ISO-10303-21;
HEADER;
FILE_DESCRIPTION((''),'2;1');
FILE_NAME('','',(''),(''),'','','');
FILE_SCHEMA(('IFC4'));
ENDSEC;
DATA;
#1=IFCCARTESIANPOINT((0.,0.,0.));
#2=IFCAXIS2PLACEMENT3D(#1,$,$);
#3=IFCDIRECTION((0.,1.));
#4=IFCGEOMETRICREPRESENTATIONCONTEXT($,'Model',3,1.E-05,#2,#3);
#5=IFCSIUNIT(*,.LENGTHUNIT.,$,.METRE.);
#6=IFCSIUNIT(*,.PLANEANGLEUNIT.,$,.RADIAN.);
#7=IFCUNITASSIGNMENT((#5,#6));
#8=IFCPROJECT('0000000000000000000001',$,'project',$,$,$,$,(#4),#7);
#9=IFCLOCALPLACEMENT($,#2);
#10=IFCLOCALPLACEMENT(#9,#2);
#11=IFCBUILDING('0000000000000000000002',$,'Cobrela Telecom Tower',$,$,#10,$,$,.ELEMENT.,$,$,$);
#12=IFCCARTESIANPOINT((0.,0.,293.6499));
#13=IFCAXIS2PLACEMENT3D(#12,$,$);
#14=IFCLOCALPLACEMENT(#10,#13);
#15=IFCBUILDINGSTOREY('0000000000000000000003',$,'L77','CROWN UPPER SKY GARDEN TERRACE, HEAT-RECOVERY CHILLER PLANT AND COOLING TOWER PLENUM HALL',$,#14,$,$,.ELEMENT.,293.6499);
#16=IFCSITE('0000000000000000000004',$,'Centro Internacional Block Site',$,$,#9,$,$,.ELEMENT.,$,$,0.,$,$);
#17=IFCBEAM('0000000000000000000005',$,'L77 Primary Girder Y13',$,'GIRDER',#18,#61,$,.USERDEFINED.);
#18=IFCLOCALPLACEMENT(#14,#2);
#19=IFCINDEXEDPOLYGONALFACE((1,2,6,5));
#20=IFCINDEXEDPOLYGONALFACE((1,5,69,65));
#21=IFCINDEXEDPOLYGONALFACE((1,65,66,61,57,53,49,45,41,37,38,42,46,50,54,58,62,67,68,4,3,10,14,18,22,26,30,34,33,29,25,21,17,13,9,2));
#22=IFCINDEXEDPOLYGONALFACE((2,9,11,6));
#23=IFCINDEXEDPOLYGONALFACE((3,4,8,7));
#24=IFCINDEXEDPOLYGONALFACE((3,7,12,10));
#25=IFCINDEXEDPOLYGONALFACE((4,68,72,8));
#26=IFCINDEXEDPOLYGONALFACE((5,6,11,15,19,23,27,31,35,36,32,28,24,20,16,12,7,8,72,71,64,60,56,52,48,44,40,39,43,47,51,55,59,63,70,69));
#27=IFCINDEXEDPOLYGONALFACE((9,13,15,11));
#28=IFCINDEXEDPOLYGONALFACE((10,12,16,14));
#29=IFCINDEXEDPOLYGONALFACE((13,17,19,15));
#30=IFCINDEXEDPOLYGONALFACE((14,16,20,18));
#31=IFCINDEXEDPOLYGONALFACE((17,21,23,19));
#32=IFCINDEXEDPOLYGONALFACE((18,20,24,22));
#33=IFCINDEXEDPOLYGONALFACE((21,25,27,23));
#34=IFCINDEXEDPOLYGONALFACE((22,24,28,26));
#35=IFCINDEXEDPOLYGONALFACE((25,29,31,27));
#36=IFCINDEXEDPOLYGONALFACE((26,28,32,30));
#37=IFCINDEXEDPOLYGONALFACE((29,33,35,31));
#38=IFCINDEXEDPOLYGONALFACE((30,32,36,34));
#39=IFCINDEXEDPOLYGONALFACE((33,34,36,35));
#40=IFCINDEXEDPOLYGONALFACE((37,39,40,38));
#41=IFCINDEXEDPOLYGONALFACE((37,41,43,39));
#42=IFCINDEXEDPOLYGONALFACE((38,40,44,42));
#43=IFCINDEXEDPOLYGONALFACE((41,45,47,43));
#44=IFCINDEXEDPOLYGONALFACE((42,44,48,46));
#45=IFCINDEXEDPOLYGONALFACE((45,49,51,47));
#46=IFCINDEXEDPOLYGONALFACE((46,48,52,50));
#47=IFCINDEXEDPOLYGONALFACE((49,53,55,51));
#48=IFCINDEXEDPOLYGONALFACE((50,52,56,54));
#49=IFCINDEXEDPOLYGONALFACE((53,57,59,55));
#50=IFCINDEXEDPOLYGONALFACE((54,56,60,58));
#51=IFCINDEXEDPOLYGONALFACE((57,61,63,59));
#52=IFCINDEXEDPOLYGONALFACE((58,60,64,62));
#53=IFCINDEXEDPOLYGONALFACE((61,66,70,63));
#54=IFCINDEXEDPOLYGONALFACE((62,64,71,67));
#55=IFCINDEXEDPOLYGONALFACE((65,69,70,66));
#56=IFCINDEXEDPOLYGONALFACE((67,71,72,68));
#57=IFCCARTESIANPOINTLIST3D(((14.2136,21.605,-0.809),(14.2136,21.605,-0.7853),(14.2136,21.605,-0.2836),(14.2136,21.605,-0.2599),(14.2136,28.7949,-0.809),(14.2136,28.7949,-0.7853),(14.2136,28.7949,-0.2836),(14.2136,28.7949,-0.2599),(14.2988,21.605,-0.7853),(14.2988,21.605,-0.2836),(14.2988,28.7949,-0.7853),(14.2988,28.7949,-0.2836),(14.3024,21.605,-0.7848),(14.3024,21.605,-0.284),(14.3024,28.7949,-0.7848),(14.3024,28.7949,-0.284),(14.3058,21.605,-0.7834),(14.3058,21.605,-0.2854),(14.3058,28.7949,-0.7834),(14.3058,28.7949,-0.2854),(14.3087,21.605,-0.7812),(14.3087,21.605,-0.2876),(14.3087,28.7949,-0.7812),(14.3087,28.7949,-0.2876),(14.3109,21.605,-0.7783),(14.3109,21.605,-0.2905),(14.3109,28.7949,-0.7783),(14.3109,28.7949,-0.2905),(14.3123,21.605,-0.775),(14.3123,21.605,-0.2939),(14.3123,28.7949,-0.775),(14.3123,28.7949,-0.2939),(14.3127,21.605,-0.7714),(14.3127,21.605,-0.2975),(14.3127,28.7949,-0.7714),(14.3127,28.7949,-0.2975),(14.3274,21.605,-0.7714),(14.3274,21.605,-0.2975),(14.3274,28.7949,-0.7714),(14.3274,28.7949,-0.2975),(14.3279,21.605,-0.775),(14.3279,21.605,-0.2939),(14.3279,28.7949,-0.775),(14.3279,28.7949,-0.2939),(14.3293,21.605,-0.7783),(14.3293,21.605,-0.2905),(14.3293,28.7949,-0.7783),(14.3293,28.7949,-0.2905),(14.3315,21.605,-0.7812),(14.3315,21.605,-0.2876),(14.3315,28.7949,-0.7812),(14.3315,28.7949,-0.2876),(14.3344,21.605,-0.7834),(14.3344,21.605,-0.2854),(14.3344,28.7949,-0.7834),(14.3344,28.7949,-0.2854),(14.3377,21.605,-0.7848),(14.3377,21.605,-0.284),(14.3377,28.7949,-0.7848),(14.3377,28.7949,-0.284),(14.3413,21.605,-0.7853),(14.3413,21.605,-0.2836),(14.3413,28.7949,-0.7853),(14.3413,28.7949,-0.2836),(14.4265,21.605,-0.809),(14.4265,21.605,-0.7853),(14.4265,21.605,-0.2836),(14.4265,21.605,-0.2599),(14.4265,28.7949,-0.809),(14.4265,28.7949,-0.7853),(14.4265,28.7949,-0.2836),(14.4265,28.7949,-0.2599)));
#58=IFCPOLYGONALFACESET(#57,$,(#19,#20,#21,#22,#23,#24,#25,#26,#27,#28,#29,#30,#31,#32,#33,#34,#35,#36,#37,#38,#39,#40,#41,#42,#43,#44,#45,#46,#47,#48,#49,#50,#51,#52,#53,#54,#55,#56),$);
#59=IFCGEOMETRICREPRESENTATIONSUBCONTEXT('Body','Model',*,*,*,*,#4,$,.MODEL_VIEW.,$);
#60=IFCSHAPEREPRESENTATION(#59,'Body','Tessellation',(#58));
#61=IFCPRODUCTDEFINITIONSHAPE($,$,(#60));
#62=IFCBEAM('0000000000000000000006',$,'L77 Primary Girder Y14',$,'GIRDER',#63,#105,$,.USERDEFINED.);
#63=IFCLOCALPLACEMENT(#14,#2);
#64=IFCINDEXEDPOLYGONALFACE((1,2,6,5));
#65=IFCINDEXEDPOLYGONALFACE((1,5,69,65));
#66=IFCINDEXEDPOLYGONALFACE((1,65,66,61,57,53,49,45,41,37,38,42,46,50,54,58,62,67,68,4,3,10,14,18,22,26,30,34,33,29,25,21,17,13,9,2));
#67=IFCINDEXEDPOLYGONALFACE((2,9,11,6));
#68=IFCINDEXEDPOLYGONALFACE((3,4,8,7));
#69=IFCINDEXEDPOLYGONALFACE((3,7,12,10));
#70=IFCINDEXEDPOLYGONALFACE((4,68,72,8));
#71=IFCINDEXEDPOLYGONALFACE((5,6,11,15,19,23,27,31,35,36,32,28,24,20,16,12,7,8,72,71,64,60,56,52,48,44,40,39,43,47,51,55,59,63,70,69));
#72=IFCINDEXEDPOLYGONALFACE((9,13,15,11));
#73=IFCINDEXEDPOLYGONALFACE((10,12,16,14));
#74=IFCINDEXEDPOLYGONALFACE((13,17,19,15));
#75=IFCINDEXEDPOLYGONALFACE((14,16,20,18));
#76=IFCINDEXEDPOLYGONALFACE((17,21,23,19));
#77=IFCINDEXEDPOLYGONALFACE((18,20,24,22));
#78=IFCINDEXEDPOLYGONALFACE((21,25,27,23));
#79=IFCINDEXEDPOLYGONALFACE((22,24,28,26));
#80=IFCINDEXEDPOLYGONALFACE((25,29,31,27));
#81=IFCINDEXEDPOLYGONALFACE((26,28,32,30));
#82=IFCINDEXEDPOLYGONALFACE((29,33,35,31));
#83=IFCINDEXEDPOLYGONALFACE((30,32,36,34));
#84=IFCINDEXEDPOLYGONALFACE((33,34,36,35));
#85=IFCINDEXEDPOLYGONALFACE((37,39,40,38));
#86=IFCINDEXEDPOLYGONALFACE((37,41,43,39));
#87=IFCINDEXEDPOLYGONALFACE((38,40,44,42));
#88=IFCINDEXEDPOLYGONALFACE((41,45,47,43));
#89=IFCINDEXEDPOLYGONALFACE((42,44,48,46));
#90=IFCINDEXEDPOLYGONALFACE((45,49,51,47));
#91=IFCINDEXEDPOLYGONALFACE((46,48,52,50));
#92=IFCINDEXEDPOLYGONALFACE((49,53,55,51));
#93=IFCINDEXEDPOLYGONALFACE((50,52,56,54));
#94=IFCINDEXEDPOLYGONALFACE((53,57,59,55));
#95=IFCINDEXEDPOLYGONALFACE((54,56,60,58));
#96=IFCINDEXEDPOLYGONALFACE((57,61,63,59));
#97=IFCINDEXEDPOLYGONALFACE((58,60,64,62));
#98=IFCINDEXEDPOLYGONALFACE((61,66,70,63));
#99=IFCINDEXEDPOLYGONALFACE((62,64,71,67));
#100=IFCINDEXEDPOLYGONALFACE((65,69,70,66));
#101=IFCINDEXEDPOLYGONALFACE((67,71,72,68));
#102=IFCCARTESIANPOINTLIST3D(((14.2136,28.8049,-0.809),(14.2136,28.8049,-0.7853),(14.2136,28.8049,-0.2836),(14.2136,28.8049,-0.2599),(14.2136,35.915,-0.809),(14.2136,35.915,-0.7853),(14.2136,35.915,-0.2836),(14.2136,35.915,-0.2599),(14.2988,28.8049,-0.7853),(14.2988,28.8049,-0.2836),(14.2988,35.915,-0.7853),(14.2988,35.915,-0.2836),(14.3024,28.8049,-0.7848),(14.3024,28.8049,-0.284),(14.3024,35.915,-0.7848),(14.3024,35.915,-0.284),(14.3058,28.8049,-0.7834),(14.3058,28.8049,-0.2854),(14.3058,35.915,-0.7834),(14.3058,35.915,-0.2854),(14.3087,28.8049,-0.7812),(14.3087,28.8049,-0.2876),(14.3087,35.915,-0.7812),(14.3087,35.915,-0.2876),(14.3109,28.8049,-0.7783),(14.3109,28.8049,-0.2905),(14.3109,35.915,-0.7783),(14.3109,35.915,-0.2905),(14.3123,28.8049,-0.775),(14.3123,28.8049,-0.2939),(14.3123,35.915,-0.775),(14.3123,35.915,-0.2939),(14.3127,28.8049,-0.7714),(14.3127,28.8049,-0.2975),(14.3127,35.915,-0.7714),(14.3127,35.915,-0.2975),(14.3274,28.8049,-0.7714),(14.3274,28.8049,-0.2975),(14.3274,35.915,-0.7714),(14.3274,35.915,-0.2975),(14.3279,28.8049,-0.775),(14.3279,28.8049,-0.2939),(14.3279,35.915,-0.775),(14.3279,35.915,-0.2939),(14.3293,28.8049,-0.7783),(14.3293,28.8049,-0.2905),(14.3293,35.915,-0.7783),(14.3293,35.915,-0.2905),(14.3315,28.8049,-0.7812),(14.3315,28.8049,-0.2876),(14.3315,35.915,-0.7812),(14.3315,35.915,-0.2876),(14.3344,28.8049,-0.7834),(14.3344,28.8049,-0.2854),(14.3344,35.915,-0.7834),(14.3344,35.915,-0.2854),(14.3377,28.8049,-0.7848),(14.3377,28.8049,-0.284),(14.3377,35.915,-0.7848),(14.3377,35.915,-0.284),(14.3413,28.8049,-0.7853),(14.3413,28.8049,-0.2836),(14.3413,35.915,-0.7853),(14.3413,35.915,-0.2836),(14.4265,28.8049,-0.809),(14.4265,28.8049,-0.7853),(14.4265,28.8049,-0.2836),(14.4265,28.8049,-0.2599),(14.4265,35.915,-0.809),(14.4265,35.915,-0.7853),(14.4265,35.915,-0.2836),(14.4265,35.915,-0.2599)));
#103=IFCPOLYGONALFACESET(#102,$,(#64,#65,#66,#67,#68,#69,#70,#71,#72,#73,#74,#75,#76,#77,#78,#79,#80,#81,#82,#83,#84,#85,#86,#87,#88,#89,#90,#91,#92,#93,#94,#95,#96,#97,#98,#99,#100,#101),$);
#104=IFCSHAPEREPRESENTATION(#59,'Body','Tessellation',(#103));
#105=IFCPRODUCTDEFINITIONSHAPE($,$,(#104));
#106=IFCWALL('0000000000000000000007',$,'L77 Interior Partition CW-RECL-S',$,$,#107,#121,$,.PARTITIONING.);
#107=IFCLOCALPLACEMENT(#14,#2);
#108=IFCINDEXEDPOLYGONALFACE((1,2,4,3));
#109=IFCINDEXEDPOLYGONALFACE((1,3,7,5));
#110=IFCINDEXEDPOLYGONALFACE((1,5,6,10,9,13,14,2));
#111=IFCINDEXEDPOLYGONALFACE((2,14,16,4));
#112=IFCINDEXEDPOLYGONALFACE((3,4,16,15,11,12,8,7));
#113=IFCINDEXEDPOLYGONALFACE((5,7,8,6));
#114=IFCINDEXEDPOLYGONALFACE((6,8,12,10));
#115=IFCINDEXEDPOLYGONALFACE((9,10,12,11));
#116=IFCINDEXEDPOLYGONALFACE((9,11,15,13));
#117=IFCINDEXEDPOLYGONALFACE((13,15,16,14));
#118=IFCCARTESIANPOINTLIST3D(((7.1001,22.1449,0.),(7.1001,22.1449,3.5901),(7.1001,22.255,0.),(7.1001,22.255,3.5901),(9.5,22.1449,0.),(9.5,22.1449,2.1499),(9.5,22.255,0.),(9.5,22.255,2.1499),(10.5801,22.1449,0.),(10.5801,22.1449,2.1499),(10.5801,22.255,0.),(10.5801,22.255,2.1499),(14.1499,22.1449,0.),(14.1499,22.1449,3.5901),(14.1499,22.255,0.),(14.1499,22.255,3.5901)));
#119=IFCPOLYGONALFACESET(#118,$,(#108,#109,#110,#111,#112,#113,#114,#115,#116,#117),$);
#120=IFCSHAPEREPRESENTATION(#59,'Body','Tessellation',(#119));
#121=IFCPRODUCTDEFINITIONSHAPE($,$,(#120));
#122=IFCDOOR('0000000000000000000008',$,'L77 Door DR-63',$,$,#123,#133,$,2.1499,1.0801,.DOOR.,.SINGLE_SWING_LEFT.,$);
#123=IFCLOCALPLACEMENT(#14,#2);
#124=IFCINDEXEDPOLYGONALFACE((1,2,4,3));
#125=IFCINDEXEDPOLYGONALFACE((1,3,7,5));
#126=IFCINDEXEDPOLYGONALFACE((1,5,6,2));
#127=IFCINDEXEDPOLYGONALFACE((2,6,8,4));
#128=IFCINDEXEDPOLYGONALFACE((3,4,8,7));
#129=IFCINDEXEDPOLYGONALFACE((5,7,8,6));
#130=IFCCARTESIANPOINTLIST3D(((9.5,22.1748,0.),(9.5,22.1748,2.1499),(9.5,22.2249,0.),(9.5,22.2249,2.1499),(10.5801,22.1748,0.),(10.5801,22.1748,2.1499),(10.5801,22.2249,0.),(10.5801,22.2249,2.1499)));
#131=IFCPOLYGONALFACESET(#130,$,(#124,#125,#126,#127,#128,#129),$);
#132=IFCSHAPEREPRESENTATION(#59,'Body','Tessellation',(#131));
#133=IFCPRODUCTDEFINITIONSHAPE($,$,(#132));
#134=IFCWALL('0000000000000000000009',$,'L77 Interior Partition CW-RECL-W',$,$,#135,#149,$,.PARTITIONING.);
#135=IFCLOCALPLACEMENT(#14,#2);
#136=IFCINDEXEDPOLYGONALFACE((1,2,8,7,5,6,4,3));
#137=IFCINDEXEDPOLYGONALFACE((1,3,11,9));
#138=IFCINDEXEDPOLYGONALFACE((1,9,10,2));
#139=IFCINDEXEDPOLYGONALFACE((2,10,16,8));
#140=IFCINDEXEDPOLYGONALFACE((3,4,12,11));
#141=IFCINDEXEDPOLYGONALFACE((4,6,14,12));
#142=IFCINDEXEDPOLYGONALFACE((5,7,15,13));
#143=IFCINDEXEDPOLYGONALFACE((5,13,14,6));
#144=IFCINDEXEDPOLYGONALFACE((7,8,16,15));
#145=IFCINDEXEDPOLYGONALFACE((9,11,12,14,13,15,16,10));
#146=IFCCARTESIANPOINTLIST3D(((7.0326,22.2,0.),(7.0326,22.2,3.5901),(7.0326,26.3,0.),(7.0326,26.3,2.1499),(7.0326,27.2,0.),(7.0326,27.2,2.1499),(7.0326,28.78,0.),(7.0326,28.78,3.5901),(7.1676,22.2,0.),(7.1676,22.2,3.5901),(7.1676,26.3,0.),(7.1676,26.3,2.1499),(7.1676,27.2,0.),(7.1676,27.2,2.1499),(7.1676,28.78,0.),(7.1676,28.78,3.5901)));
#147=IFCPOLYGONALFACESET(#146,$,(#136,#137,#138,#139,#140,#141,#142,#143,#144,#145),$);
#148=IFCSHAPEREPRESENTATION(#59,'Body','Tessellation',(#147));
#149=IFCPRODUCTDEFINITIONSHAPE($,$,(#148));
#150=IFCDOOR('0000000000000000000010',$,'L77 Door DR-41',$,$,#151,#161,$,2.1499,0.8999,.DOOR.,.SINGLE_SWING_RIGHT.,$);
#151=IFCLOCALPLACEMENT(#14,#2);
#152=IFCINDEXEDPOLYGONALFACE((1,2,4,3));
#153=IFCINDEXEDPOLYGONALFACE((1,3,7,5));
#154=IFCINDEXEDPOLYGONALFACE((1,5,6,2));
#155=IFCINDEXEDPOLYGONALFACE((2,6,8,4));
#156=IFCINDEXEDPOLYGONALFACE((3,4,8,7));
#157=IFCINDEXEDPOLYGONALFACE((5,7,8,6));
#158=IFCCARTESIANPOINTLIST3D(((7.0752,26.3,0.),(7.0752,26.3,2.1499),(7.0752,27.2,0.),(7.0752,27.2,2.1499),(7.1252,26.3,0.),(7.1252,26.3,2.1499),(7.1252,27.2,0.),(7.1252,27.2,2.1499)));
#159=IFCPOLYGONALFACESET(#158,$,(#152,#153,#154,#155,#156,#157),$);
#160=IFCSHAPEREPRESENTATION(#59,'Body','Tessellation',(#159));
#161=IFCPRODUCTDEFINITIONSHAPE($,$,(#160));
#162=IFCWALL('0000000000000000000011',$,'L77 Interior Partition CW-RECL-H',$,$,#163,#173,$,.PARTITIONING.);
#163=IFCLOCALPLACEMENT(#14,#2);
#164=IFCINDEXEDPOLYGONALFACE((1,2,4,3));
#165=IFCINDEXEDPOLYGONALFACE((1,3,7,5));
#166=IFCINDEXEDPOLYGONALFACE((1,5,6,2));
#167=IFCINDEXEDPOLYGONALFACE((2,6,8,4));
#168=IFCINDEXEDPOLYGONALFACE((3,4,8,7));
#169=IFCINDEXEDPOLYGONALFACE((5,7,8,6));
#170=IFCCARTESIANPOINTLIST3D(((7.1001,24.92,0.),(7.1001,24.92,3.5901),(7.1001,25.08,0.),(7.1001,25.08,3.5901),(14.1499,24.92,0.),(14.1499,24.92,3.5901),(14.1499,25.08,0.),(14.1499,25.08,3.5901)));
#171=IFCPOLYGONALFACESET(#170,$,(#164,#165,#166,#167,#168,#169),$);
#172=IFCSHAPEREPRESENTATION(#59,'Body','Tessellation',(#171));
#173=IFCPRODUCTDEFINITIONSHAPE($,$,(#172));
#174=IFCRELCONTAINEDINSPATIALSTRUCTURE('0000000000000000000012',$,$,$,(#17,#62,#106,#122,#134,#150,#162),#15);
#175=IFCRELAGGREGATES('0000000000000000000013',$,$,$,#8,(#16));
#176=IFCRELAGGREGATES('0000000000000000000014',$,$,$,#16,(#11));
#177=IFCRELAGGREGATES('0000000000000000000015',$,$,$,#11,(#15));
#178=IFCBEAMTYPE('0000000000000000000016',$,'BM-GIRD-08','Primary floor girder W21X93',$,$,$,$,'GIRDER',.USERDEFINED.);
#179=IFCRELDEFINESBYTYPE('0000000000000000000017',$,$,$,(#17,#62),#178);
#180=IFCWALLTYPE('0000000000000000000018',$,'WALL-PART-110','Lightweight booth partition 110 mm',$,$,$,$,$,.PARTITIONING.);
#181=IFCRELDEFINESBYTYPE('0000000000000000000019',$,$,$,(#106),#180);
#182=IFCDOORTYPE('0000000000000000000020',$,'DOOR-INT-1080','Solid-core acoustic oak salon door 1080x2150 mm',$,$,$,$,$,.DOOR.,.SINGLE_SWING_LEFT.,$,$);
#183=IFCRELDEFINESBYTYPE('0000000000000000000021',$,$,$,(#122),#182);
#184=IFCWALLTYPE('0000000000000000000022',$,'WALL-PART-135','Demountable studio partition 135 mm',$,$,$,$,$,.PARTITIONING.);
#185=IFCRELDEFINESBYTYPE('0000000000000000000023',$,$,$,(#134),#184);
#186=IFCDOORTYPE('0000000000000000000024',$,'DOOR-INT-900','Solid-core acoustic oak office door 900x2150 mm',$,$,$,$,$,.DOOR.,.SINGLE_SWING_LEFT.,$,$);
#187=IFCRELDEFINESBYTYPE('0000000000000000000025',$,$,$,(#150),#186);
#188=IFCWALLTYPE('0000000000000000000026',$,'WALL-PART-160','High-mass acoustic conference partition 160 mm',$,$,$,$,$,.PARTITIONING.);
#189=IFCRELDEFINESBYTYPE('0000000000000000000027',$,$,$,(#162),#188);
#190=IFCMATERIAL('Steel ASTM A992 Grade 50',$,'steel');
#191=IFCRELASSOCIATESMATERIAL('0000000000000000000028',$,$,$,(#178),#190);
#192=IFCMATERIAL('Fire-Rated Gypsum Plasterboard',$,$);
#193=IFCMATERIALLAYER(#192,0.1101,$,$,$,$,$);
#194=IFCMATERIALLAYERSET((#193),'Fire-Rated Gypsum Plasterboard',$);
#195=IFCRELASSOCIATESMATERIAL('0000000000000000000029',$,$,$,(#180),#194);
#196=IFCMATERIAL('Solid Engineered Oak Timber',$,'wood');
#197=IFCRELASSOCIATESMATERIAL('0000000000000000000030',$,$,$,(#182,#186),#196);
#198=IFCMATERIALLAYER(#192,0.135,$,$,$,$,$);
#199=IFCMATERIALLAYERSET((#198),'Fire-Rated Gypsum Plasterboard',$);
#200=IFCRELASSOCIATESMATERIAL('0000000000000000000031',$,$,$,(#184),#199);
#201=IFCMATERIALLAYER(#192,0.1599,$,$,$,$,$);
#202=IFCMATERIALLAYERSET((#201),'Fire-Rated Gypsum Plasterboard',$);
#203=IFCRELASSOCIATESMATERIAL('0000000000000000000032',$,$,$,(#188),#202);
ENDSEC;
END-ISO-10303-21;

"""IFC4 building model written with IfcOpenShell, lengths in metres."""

from ifc_helpers import new_model, si_unit, direction, frame, frame_2d, origin, origin_2d, place, context, subcontext, project, spatial, rectangle, i_section, extrude, material, layer, layer_set, material_profile, profile_set, type_object, element, fill, save


model = new_model("IFC4")

# Units and contexts
model_context = context("Model", 3, precision=1e-05, world=origin(), true_north=direction((0.0, 1.0)))
body_context = subcontext(model_context, "Body", "Model", "MODEL_VIEW")
ifc_project = project(units=[si_unit("LENGTHUNIT", "METRE"), si_unit("PLANEANGLEUNIT", "RADIAN")], contexts=[model_context])

# Site, building, storey
site_placement = place(None, origin())
site = spatial("IfcSite", under=ifc_project, at=site_placement, Name="Centro Internacional Block Site", CompositionType="ELEMENT", RefElevation=0.0)
building_placement = place(site_placement, origin())
building = spatial("IfcBuilding", under=site, at=building_placement, Name="Cobrela Telecom Tower", CompositionType="ELEMENT")
storey_placement = place(building_placement, frame((0.0, 0.0, 293.6499)))
storey = spatial("IfcBuildingStorey", under=building, at=storey_placement, Name="L77", Description="CROWN UPPER SKY GARDEN TERRACE, HEAT-RECOVERY CHILLER PLANT AND COOLING TOWER PLENUM HALL", CompositionType="ELEMENT", Elevation=293.6499)

# Beams
ifc_material_1 = material(Name="Steel ASTM A992 Grade 50", Category="steel")
ifc_material_profile = material_profile(ifc_material_1, i_section(OverallWidth=0.2129, OverallDepth=0.5491, WebThickness=0.0146, FlangeThickness=0.0237, FilletRadius=0.0139, at=origin_2d()), Name="W21X93")
ifc_profile_set = profile_set([ifc_material_profile], Name="Steel ASTM A992 Grade 50")
beam_type = type_object("IfcBeamType", Name="BM-GIRD-08", Description="Primary floor girder W21X93", ElementType="GIRDER", PredefinedType="USERDEFINED", material=ifc_profile_set)
beam_1_placement = place(storey_placement, frame((14.3201, 21.605, -0.5344), z_axis=(0.0, 1.0, 0.0), x_axis=(-1.0, 0.0, 0.0)))
element("IfcBeam", 1, at=beam_1_placement, inside=storey, type_object=beam_type, Name="L77 Primary Girder Y13", ObjectType="GIRDER", PredefinedType="USERDEFINED", context=body_context, shape_type="SweptSolid", body=[
    extrude(i_section(OverallWidth=0.2129, OverallDepth=0.5491, WebThickness=0.0146, FlangeThickness=0.0237, FilletRadius=0.0139, at=origin_2d()), origin(), (0.0, 0.0, 1.0), 7.1899),
])
beam_2_placement = place(storey_placement, frame((14.3201, 28.8049, -0.5344), z_axis=(0.0, 1.0, 0.0), x_axis=(-1.0, 0.0, 0.0)))
element("IfcBeam", 2, at=beam_2_placement, inside=storey, type_object=beam_type, Name="L77 Primary Girder Y14", ObjectType="GIRDER", PredefinedType="USERDEFINED", context=body_context, shape_type="SweptSolid", body=[
    extrude(i_section(OverallWidth=0.2129, OverallDepth=0.5491, WebThickness=0.0146, FlangeThickness=0.0237, FilletRadius=0.0139, at=origin_2d()), origin(), (0.0, 0.0, 1.0), 7.1101),
])

# Walls, openings, doors
ifc_material_2 = material(Name="Fire-Rated Gypsum Plasterboard")
ifc_layer_1 = layer(ifc_material_2, 0.1101)
ifc_layer_set_1 = layer_set([ifc_layer_1], Name="Fire-Rated Gypsum Plasterboard")
wall_type_1 = type_object("IfcWallType", Name="WALL-PART-110", Description="Lightweight booth partition 110 mm", PredefinedType="PARTITIONING", material=ifc_layer_set_1)
wall_1_placement = place(storey_placement, frame((7.1001, 22.2, 0.0), z_axis=(0.0, 0.0, 1.0), x_axis=(1.0, 0.0, 0.0)))
wall_1 = element("IfcWall", 3, at=wall_1_placement, inside=storey, type_object=wall_type_1, Name="L77 Interior Partition CW-RECL-S", PredefinedType="PARTITIONING", context=body_context, shape_type="SweptSolid", body=[
    extrude(rectangle(XDim=7.0498, YDim=0.1101, at=frame_2d((3.5249, 0.0))), origin(), (0.0, 0.0, 1.0), 3.5901),
])
opening_1_placement = place(wall_1_placement, frame((2.3999, 0.0, 0.0)))
opening_1 = element("IfcOpeningElement", 4, at=opening_1_placement, cuts=wall_1, PredefinedType="OPENING", context=body_context, shape_type="SweptSolid", body=[
    extrude(rectangle(XDim=1.0801, YDim=2.1499, at=frame_2d((0.54, 1.075))), frame((0.0, 0.0669, 0.0), z_axis=(0.0, -1.0, 0.0), x_axis=(1.0, 0.0, 0.0)), (0.0, 0.0, 1.0), 0.134),
])
ifc_material_3 = material(Name="Solid Engineered Oak Timber", Category="wood")
door_type_1 = type_object("IfcDoorType", Name="DOOR-INT-1080", Description="Solid-core acoustic oak salon door 1080x2150 mm", OperationType="SINGLE_SWING_LEFT", PredefinedType="DOOR", material=ifc_material_3)
door_1_placement = place(opening_1_placement, origin())
door_1 = element("IfcDoor", 5, at=door_1_placement, inside=storey, type_object=door_type_1, Name="L77 Door DR-63", OperationType="SINGLE_SWING_LEFT", OverallHeight=2.1499, OverallWidth=1.0801, PredefinedType="DOOR", context=body_context, shape_type="SweptSolid", body=[
    extrude(rectangle(XDim=1.0801, YDim=2.1499, at=frame_2d((0.54, 1.075))), frame((0.0, 0.0249, 0.0), z_axis=(0.0, -1.0, 0.0), x_axis=(1.0, 0.0, 0.0)), (0.0, 0.0, 1.0), 0.05),
])
fill(opening_1, door_1)
ifc_layer_2 = layer(ifc_material_2, 0.135)
ifc_layer_set_2 = layer_set([ifc_layer_2], Name="Fire-Rated Gypsum Plasterboard")
wall_type_2 = type_object("IfcWallType", Name="WALL-PART-135", Description="Demountable studio partition 135 mm", PredefinedType="PARTITIONING", material=ifc_layer_set_2)
wall_2_placement = place(storey_placement, frame((7.1001, 22.2, 0.0), z_axis=(0.0, 0.0, 1.0), x_axis=(0.0, 1.0, 0.0)))
wall_2 = element("IfcWall", 6, at=wall_2_placement, inside=storey, type_object=wall_type_2, Name="L77 Interior Partition CW-RECL-W", PredefinedType="PARTITIONING", context=body_context, shape_type="SweptSolid", body=[
    extrude(rectangle(XDim=6.5801, YDim=0.135, at=frame_2d((3.29, 0.0))), origin(), (0.0, 0.0, 1.0), 3.5901),
])
opening_2_placement = place(wall_2_placement, frame((4.1001, 0.0, 0.0)))
opening_2 = element("IfcOpeningElement", 7, at=opening_2_placement, cuts=wall_2, PredefinedType="OPENING", context=body_context, shape_type="SweptSolid", body=[
    extrude(rectangle(XDim=0.8999, YDim=2.1499, at=frame_2d((0.45, 1.075))), frame((0.0, 0.0796, 0.0), z_axis=(0.0, -1.0, 0.0), x_axis=(1.0, 0.0, 0.0)), (0.0, 0.0, 1.0), 0.1589),
])
door_type_2 = type_object("IfcDoorType", Name="DOOR-INT-900", Description="Solid-core acoustic oak office door 900x2150 mm", OperationType="SINGLE_SWING_LEFT", PredefinedType="DOOR", material=ifc_material_3)
door_2_placement = place(opening_2_placement, origin())
door_2 = element("IfcDoor", 8, at=door_2_placement, inside=storey, type_object=door_type_2, Name="L77 Door DR-41", OperationType="SINGLE_SWING_RIGHT", OverallHeight=2.1499, OverallWidth=0.8999, PredefinedType="DOOR", context=body_context, shape_type="SweptSolid", body=[
    extrude(rectangle(XDim=0.8999, YDim=2.1499, at=frame_2d((0.45, 1.075))), frame((0.0, 0.0249, 0.0), z_axis=(0.0, -1.0, 0.0), x_axis=(1.0, 0.0, 0.0)), (0.0, 0.0, 1.0), 0.05),
])
fill(opening_2, door_2)

# Wall
ifc_layer_3 = layer(ifc_material_2, 0.1599)
ifc_layer_set_3 = layer_set([ifc_layer_3], Name="Fire-Rated Gypsum Plasterboard")
wall_type_3 = type_object("IfcWallType", Name="WALL-PART-160", Description="High-mass acoustic conference partition 160 mm", PredefinedType="PARTITIONING", material=ifc_layer_set_3)
wall_3_placement = place(storey_placement, frame((7.1001, 25.0, 0.0), z_axis=(0.0, 0.0, 1.0), x_axis=(1.0, 0.0, 0.0)))
element("IfcWall", 9, at=wall_3_placement, inside=storey, type_object=wall_type_3, Name="L77 Interior Partition CW-RECL-H", PredefinedType="PARTITIONING", context=body_context, shape_type="SweptSolid", body=[
    extrude(rectangle(XDim=7.0498, YDim=0.1599, at=frame_2d((3.5249, 0.0))), origin(), (0.0, 0.0, 1.0), 3.5901),
])

save(model, "model.ifc")
